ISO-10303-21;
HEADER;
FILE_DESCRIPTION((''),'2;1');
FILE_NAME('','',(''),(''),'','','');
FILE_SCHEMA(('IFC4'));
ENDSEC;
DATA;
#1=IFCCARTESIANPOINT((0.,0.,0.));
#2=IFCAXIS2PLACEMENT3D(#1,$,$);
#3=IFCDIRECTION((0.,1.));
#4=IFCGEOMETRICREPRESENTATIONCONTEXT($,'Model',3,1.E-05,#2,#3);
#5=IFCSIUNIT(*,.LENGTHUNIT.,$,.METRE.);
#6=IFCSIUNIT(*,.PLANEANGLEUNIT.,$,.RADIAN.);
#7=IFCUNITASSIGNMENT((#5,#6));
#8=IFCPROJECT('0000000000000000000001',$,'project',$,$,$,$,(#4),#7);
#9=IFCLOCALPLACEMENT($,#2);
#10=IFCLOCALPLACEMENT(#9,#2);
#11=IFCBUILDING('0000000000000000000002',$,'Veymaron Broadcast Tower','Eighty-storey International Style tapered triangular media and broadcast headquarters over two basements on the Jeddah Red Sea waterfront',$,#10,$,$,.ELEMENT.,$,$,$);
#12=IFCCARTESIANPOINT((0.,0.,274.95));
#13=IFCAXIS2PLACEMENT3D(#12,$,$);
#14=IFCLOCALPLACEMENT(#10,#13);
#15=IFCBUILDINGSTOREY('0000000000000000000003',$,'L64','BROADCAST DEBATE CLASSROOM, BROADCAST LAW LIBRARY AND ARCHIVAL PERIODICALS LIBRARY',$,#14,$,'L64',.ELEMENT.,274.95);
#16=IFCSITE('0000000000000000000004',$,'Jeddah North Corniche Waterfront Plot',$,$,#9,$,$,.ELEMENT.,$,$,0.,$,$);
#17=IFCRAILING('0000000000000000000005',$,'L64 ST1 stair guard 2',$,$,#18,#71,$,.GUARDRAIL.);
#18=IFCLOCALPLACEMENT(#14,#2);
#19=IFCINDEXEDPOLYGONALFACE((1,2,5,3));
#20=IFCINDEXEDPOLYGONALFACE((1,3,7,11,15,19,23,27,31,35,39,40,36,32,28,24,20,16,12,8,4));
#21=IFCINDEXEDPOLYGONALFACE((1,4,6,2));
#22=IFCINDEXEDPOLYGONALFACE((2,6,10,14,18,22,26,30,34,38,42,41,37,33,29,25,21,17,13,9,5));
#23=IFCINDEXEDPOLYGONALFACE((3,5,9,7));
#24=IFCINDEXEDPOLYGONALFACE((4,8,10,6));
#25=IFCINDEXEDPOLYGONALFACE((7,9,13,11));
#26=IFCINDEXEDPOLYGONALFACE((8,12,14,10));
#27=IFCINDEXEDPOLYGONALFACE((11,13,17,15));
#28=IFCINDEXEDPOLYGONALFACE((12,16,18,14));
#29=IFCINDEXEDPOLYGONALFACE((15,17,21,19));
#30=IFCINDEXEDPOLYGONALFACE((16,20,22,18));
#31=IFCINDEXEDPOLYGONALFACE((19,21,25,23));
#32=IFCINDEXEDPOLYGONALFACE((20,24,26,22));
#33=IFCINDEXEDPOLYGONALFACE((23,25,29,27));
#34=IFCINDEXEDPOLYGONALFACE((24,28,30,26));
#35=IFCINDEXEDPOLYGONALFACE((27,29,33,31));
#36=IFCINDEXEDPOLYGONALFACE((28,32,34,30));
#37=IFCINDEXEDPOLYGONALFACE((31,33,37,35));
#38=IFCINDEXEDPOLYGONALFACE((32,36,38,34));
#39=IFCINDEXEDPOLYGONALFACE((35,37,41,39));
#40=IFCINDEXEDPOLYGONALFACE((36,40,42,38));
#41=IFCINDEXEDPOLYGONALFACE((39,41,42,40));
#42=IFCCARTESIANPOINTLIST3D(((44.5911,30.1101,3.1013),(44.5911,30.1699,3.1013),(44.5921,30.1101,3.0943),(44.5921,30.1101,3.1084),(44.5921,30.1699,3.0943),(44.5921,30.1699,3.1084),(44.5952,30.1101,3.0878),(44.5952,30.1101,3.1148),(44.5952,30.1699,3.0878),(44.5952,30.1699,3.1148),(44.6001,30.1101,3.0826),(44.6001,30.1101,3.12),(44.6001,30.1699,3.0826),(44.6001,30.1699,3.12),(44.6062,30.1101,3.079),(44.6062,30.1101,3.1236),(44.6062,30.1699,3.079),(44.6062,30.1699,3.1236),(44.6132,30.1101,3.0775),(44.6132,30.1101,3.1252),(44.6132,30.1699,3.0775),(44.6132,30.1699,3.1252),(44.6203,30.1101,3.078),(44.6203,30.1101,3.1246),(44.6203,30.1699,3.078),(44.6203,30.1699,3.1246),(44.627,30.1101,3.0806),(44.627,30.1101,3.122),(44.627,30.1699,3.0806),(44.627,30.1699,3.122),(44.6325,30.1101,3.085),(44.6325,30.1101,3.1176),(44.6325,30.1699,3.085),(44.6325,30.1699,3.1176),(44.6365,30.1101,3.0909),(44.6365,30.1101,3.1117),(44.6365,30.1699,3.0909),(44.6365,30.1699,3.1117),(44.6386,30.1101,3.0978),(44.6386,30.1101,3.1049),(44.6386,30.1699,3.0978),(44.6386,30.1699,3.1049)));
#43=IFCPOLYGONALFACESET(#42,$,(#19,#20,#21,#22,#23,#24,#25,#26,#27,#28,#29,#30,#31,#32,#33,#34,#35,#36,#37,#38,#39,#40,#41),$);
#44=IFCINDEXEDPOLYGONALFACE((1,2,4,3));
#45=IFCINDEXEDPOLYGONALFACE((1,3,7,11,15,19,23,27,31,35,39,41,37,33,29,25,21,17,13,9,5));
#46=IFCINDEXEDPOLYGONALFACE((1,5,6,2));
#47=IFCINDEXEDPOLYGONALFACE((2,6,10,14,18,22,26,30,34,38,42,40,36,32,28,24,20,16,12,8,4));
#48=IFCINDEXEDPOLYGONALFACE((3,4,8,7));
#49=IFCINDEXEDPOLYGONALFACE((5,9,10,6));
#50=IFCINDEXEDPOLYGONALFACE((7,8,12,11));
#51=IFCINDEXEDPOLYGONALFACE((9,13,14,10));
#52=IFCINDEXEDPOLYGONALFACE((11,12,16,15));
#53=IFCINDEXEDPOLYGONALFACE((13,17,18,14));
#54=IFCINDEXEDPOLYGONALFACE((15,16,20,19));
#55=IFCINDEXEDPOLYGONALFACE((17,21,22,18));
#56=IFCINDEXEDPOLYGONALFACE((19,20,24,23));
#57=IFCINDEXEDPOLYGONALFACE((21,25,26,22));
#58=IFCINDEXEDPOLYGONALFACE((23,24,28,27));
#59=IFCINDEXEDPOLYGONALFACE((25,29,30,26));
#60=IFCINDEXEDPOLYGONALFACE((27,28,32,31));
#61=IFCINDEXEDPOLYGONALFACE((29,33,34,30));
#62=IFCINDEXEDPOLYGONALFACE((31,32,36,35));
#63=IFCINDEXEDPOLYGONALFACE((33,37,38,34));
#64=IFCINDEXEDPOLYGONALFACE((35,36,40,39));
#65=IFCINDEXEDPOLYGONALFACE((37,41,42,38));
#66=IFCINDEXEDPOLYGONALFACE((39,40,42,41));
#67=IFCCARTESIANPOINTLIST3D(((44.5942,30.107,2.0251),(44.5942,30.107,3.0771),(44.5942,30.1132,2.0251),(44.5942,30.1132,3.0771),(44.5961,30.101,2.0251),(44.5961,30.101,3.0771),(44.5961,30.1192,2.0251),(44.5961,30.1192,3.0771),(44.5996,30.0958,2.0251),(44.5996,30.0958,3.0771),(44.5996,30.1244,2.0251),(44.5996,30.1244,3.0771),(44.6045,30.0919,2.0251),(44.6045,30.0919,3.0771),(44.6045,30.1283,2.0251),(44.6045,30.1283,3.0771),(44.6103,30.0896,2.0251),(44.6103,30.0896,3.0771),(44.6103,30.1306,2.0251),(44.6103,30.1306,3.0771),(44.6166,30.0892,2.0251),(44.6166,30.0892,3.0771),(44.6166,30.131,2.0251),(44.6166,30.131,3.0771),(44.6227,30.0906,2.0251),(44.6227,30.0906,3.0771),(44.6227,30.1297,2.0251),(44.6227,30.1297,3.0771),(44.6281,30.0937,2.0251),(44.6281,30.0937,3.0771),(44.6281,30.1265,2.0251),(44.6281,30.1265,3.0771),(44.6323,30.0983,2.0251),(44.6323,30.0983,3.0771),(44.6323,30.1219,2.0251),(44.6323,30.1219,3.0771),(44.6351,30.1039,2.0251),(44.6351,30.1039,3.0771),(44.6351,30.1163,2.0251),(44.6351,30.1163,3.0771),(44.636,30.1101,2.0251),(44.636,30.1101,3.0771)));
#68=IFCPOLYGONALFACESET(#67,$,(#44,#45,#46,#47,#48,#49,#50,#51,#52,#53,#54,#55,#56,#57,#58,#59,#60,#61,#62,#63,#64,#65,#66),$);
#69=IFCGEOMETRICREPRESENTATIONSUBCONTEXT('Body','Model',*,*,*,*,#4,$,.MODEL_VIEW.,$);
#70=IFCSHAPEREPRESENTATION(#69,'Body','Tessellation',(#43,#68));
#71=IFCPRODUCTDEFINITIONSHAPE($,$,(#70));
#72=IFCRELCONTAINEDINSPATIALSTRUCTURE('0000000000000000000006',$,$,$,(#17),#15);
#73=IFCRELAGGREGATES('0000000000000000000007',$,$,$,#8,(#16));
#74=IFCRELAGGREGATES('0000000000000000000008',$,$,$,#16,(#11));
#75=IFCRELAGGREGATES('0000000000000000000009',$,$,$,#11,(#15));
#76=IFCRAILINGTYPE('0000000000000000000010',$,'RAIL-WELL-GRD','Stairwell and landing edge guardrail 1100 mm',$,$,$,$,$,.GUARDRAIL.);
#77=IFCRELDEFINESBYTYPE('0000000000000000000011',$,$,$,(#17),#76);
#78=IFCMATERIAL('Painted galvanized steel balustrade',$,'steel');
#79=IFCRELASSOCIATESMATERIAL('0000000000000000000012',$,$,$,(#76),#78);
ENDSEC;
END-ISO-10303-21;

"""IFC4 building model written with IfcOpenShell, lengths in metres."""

from ifc_helpers import new_model, si_unit, direction, frame, origin, origin_2d, place, context, subcontext, project, spatial, circle, extrude, material, type_object, element, save


model = new_model("IFC4")

# Units and contexts
model_context = context("Model", 3, precision=1e-05, world=origin(), true_north=direction((0.0, 1.0)))
body_context = subcontext(model_context, "Body", "Model", "MODEL_VIEW")
ifc_project = project(units=[si_unit("LENGTHUNIT", "METRE"), si_unit("PLANEANGLEUNIT", "RADIAN")], contexts=[model_context])

# Site, building, storey
site_placement = place(None, origin())
site = spatial("IfcSite", under=ifc_project, at=site_placement, Name="Jeddah North Corniche Waterfront Plot", CompositionType="ELEMENT", RefElevation=0.0)
building_placement = place(site_placement, origin())
building = spatial("IfcBuilding", under=site, at=building_placement, Name="Veymaron Broadcast Tower", Description="Eighty-storey International Style tapered triangular media and broadcast headquarters over two basements on the Jeddah Red Sea waterfront", CompositionType="ELEMENT")
storey_placement = place(building_placement, frame((0.0, 0.0, 274.95)))
storey = spatial("IfcBuildingStorey", under=building, at=storey_placement, Name="L64", Description="BROADCAST DEBATE CLASSROOM, BROADCAST LAW LIBRARY AND ARCHIVAL PERIODICALS LIBRARY", LongName="L64", CompositionType="ELEMENT", Elevation=274.95)

# Railing
ifc_material_1 = material(Name="Painted galvanized steel balustrade", Category="steel")
railing_type_1 = type_object("IfcRailingType", Name="RAIL-WELL-GRD", Description="Stairwell and landing edge guardrail 1100 mm", PredefinedType="GUARDRAIL", material=ifc_material_1)
railing_1_placement = place(storey_placement, frame((44.615, 30.1101, 2.0251)))
element("IfcRailing", 1, at=railing_1_placement, inside=storey, type_object=railing_type_1, Name="L64 ST1 stair guard 2", PredefinedType="GUARDRAIL", context=body_context, shape_type="SweptSolid", body=[
    extrude(circle(Radius=0.0239, at=origin_2d()), frame((0.0, 0.0, 1.0762), z_axis=(0.0, 1.0, 0.0), x_axis=(-1.0, 0.0, 0.0)), (0.0, 0.0, 1.0), 0.0598),
    extrude(circle(Radius=0.021, at=origin_2d()), origin(), (0.0, 0.0, 1.0), 1.052),
])

save(model, "model.ifc")
